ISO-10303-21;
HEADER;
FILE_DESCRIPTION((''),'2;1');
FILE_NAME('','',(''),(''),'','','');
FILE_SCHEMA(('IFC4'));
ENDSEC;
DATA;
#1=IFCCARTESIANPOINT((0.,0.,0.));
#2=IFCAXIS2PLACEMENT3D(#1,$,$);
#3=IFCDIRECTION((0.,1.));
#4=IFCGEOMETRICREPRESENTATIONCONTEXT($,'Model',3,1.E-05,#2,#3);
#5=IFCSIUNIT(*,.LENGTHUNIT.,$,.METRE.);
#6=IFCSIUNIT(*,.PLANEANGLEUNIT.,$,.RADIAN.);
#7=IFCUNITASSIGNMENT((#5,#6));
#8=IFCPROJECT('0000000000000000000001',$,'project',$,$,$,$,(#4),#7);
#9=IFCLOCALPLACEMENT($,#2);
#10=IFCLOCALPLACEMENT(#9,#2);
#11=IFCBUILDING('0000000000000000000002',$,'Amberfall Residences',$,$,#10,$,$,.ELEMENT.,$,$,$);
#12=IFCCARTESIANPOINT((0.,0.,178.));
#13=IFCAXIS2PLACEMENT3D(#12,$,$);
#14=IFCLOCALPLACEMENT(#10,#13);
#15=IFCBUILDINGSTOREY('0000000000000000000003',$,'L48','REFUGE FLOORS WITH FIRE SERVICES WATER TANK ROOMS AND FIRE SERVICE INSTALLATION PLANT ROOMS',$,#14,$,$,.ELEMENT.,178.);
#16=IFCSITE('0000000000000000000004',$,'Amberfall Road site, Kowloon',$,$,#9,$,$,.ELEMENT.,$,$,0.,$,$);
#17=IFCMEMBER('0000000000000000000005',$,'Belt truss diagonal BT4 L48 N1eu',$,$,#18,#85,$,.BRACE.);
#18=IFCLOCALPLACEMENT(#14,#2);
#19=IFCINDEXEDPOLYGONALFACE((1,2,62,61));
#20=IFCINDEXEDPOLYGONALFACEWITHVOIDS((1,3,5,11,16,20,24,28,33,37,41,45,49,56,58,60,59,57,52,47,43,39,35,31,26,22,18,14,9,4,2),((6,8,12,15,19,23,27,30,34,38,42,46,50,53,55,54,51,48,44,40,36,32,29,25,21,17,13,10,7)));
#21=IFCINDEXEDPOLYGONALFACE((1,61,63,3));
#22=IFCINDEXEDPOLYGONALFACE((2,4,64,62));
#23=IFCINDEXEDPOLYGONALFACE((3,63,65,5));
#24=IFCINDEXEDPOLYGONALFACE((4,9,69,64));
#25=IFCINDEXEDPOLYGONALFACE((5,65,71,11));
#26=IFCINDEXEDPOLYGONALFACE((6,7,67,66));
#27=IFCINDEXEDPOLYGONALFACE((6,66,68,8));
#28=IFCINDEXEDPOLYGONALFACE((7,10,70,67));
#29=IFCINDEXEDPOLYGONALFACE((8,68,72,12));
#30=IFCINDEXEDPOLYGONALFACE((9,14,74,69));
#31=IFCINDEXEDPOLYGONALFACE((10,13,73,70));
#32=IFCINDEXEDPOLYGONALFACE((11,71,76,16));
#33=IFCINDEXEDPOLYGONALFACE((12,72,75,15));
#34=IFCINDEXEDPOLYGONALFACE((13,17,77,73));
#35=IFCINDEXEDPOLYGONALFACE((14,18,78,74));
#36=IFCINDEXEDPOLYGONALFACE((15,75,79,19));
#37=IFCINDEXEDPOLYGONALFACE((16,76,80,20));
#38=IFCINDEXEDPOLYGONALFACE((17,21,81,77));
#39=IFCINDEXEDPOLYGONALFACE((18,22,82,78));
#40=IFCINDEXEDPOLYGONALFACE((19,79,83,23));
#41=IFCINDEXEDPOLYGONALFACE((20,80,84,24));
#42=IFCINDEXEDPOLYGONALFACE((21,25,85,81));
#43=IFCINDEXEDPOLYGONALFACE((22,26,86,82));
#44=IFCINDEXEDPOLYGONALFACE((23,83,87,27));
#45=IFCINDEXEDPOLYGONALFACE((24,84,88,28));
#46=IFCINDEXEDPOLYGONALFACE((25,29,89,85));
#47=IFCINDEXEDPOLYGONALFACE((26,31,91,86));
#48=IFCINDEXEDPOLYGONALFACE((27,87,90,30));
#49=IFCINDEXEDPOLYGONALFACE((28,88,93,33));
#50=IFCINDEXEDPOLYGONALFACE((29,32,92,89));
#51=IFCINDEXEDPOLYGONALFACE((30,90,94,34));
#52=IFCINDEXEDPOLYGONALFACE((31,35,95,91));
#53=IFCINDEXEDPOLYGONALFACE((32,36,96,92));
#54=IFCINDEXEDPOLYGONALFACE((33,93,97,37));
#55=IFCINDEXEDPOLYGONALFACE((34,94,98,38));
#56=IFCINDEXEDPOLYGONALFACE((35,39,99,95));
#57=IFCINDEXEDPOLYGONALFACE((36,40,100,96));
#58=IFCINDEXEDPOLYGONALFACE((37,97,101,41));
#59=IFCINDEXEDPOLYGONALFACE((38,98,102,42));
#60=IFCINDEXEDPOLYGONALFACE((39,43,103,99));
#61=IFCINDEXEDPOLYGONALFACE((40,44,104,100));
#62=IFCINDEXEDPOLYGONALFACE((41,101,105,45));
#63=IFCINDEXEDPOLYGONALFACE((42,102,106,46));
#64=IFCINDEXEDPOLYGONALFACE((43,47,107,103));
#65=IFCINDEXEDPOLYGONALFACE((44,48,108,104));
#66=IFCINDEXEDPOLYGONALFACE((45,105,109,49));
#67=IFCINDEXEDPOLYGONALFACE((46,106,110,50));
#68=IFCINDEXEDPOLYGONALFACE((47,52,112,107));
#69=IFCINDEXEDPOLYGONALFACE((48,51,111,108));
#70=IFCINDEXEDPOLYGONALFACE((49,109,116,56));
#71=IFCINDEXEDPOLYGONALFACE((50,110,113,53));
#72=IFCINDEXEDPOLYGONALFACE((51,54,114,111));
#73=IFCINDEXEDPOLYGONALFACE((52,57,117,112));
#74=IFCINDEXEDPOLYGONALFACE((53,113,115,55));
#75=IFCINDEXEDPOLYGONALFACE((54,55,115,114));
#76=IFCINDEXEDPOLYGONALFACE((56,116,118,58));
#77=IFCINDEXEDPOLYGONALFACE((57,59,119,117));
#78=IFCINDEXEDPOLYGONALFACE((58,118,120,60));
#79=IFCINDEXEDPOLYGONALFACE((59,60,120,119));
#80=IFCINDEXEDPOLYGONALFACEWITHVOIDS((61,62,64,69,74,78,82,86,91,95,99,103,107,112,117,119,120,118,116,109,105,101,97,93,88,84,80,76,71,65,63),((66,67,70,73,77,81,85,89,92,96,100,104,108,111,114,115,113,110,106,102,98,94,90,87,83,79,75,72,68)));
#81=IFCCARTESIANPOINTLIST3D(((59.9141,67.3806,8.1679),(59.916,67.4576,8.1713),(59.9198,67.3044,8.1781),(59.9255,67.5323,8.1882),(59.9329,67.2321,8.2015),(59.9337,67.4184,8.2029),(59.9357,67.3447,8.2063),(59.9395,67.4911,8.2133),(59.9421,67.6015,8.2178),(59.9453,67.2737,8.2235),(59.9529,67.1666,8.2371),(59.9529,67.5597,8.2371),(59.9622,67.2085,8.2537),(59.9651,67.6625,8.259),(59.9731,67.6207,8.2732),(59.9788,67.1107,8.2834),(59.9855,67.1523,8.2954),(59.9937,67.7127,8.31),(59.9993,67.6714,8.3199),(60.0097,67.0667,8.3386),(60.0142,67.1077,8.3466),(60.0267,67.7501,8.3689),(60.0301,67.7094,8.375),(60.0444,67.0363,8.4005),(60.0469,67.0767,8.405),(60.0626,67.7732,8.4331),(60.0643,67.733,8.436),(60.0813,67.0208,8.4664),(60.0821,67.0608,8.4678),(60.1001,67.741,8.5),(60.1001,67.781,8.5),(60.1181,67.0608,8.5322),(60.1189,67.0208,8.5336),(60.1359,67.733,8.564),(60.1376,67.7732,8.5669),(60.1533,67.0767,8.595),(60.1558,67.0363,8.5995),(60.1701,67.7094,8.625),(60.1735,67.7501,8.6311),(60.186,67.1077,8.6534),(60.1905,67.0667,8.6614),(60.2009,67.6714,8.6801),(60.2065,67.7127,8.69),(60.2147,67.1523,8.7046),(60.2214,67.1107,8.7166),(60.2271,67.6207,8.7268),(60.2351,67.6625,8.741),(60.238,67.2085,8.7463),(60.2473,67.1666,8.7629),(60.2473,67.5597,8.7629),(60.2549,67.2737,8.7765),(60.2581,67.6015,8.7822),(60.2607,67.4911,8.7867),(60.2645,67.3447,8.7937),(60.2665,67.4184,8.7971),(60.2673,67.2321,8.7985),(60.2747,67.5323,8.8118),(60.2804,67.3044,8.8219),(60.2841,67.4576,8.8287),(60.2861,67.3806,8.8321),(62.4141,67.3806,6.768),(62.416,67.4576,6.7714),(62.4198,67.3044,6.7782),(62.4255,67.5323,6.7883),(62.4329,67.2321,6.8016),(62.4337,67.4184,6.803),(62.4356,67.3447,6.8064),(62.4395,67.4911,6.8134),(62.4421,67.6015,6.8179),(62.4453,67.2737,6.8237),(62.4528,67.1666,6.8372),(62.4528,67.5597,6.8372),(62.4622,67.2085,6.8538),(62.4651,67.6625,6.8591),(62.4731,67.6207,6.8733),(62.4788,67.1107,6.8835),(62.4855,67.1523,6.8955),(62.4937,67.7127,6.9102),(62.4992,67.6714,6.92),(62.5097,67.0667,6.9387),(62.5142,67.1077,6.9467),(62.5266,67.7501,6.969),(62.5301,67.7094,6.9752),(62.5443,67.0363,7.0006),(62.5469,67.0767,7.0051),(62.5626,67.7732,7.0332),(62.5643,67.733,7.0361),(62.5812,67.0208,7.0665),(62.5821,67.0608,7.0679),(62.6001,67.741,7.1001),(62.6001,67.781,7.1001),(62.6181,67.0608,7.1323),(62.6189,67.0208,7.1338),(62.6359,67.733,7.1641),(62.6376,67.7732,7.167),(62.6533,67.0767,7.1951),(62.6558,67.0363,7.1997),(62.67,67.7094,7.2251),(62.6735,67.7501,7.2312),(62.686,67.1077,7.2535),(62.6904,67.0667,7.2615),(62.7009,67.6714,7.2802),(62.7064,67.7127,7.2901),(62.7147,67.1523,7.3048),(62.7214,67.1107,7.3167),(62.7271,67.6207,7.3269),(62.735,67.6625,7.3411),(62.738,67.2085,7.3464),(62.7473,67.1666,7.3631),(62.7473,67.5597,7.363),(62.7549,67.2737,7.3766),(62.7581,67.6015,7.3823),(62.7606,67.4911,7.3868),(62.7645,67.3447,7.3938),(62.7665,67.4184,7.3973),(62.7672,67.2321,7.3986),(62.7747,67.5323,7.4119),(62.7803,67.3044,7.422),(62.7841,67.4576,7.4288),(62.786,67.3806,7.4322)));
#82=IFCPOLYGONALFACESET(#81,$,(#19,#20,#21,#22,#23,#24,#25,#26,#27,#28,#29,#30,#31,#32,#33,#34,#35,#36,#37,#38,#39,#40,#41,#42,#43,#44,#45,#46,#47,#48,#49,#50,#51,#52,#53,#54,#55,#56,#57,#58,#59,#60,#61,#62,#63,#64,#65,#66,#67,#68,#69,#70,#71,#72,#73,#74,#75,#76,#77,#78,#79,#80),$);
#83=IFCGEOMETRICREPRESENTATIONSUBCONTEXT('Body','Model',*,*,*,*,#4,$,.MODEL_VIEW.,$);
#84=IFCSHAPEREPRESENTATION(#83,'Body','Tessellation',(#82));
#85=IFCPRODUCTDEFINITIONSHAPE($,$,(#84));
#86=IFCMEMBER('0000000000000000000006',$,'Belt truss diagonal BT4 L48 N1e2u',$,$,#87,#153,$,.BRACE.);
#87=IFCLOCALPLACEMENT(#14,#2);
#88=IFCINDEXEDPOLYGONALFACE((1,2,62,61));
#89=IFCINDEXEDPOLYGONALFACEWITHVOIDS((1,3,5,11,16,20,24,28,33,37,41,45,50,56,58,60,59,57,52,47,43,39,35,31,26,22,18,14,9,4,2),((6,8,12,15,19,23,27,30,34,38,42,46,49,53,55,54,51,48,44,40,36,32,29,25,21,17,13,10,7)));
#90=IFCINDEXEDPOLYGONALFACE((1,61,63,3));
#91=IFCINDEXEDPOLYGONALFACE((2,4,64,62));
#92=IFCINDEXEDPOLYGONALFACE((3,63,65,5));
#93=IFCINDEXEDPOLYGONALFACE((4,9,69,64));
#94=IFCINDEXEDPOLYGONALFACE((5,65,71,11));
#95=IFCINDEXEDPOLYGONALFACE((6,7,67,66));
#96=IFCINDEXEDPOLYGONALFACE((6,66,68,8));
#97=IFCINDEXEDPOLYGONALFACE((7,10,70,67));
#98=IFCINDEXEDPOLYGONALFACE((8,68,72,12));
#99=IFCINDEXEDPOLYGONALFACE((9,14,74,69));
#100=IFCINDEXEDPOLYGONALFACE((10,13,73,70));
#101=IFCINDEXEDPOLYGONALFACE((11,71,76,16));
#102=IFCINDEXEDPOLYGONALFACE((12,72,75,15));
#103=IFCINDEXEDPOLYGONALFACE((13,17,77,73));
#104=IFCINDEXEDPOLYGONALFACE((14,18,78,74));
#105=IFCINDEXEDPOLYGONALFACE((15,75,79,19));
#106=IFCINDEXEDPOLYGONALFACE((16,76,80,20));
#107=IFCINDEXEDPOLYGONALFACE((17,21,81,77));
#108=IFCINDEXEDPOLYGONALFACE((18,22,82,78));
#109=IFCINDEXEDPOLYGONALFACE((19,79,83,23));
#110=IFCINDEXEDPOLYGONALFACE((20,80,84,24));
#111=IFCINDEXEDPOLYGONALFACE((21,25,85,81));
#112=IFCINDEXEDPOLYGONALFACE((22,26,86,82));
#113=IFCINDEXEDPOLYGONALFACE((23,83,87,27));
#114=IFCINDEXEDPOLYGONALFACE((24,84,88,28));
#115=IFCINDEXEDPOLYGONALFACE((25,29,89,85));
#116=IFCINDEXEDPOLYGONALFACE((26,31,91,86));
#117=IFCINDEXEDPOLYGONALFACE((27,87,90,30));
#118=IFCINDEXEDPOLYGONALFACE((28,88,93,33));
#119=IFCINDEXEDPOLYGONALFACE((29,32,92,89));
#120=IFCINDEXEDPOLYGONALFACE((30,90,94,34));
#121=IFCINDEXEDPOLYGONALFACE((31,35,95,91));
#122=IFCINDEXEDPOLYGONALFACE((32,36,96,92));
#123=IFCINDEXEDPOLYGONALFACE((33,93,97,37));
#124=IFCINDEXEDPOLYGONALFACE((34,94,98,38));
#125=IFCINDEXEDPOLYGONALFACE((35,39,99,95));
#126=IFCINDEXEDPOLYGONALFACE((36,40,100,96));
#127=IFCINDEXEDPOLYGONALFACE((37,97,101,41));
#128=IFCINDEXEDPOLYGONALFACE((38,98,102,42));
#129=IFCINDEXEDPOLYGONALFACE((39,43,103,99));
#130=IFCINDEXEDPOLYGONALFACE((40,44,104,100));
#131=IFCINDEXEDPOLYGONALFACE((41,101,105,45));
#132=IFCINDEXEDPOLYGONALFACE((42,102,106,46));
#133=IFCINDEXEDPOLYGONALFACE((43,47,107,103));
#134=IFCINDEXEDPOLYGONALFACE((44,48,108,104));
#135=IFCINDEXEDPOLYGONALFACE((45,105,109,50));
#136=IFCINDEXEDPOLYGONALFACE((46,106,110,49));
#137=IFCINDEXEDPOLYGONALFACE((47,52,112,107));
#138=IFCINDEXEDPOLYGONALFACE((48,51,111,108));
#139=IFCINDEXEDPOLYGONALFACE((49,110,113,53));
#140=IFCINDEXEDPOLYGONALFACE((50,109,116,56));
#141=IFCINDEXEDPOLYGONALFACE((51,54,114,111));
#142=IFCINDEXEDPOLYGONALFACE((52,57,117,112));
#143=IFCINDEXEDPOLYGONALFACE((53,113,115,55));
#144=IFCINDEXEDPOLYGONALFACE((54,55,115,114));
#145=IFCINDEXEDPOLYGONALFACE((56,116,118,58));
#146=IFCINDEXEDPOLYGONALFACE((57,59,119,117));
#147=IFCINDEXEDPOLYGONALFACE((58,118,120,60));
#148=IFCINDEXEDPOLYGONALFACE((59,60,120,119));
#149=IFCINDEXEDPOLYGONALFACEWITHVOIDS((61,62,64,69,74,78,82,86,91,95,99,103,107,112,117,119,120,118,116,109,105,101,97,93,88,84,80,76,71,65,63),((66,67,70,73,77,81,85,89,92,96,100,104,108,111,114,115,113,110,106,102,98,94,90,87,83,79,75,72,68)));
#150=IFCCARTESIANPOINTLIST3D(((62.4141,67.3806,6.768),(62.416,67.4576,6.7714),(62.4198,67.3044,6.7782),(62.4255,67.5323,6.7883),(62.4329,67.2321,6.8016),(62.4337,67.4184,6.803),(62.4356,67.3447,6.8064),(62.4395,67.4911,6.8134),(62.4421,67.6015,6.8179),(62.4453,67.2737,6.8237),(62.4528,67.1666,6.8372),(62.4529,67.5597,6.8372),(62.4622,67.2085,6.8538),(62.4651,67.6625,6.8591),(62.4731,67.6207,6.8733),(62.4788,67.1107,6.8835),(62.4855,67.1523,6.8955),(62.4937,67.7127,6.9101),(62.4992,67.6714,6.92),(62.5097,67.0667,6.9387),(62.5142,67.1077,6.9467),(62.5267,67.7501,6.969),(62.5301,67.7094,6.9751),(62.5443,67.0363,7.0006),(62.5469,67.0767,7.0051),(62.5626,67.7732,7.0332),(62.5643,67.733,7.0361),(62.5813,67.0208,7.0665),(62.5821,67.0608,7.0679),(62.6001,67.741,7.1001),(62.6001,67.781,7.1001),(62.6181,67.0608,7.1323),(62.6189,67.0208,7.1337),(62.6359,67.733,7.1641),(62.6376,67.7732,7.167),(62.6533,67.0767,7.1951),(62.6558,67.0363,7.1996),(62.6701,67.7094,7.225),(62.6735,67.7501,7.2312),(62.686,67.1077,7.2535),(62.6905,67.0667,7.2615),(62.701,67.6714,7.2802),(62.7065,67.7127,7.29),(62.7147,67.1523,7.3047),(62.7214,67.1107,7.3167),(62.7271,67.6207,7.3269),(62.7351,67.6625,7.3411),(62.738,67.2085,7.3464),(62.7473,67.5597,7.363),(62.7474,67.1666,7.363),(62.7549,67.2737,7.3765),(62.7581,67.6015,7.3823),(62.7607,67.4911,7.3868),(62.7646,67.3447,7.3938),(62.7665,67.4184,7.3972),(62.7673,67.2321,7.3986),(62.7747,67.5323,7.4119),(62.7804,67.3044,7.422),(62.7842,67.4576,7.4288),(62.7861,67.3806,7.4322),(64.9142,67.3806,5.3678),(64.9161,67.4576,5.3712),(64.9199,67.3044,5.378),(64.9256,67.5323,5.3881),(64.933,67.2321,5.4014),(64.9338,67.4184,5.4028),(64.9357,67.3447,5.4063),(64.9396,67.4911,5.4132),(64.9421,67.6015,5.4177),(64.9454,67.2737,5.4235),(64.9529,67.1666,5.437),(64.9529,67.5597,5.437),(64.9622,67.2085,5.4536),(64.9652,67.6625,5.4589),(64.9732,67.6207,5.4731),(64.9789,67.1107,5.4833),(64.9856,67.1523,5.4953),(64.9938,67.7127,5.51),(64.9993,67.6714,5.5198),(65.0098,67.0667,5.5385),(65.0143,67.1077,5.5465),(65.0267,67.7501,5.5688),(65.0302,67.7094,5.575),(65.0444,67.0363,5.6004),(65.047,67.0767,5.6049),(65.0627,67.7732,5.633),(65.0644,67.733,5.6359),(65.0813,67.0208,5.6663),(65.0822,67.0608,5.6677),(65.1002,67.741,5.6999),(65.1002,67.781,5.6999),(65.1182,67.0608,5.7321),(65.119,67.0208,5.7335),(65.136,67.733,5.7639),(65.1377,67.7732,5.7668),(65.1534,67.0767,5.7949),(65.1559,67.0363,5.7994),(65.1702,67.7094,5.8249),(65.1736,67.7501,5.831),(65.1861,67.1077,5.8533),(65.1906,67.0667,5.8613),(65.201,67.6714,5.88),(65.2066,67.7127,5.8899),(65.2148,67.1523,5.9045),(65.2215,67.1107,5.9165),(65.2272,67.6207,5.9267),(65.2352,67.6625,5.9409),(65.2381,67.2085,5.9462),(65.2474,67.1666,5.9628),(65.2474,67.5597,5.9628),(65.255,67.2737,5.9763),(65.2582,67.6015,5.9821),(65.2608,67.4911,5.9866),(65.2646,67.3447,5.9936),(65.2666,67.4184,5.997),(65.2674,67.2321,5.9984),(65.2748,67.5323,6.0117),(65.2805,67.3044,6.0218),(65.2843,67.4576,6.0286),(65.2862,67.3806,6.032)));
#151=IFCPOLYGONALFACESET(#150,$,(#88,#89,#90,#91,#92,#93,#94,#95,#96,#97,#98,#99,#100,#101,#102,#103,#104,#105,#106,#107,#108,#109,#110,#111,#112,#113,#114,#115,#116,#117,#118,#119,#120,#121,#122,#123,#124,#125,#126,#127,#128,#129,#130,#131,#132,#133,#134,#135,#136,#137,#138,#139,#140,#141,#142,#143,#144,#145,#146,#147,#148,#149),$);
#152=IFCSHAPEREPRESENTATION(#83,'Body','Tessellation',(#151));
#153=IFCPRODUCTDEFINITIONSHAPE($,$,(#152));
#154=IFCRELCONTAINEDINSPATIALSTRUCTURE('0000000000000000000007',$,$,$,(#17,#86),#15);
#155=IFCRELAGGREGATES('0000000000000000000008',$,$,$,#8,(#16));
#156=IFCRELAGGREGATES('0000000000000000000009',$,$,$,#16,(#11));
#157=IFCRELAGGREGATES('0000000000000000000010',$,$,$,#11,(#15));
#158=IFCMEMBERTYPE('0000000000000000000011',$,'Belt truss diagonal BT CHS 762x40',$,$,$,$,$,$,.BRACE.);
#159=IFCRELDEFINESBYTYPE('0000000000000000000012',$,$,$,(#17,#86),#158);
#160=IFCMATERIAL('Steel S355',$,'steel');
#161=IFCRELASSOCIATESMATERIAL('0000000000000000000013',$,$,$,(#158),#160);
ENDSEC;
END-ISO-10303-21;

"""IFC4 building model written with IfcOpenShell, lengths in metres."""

from ifc_helpers import new_model, si_unit, direction, frame, origin, origin_2d, place, context, subcontext, project, spatial, hollow_circle, extrude, material, material_profile, profile_set, type_object, element, save


model = new_model("IFC4")

# Units and contexts
model_context = context("Model", 3, precision=1e-05, world=origin(), true_north=direction((0.0, 1.0)))
body_context = subcontext(model_context, "Body", "Model", "MODEL_VIEW")
ifc_project = project(units=[si_unit("LENGTHUNIT", "METRE"), si_unit("PLANEANGLEUNIT", "RADIAN")], contexts=[model_context])

# Site, building, storey
site_placement = place(None, origin())
site = spatial("IfcSite", under=ifc_project, at=site_placement, Name="Amberfall Road site, Kowloon", CompositionType="ELEMENT", RefElevation=0.0)
building_placement = place(site_placement, origin())
building = spatial("IfcBuilding", under=site, at=building_placement, Name="Amberfall Residences", CompositionType="ELEMENT")
storey_placement = place(building_placement, frame((0.0, 0.0, 178.0)))
storey = spatial("IfcBuildingStorey", under=building, at=storey_placement, Name="L48", Description="REFUGE FLOORS WITH FIRE SERVICES WATER TANK ROOMS AND FIRE SERVICE INSTALLATION PLANT ROOMS", CompositionType="ELEMENT", Elevation=178.0)

# Shared definitions
ifc_material_1 = material(Name="Steel S355", Category="steel")

# Members
ifc_material_profile_1 = material_profile(ifc_material_1, hollow_circle(Radius=0.3811, WallThickness=0.04, at=origin_2d()), Name="CHS 762x40")
ifc_profile_set_1 = profile_set([ifc_material_profile_1], Name="Steel S355")
member_type = type_object("IfcMemberType", Name="Belt truss diagonal BT CHS 762x40", PredefinedType="BRACE", material=ifc_profile_set_1)
member_1_placement = place(storey_placement, frame((60.1001, 67.3999, 8.5), z_axis=(0.872521, 0.0, -0.488577), x_axis=(0.0, 1.0, 0.0)))
element("IfcMember", 1, at=member_1_placement, inside=storey, type_object=member_type, Name="Belt truss diagonal BT4 L48 N1eu", PredefinedType="BRACE", context=body_context, shape_type="SweptSolid", body=[
    extrude(hollow_circle(Radius=0.3811, WallThickness=0.04, at=origin_2d()), origin(), (0.0, 0.0, 1.0), 2.8652),
])
member_2_placement = place(storey_placement, frame((62.6001, 67.3999, 7.1001), z_axis=(0.872484, 0.0, -0.488642), x_axis=(0.0, 1.0, 0.0)))
element("IfcMember", 2, at=member_2_placement, inside=storey, type_object=member_type, Name="Belt truss diagonal BT4 L48 N1e2u", PredefinedType="BRACE", context=body_context, shape_type="SweptSolid", body=[
    extrude(hollow_circle(Radius=0.3811, WallThickness=0.04, at=origin_2d()), origin(), (0.0, 0.0, 1.0), 2.8655),
])

save(model, "model.ifc")
